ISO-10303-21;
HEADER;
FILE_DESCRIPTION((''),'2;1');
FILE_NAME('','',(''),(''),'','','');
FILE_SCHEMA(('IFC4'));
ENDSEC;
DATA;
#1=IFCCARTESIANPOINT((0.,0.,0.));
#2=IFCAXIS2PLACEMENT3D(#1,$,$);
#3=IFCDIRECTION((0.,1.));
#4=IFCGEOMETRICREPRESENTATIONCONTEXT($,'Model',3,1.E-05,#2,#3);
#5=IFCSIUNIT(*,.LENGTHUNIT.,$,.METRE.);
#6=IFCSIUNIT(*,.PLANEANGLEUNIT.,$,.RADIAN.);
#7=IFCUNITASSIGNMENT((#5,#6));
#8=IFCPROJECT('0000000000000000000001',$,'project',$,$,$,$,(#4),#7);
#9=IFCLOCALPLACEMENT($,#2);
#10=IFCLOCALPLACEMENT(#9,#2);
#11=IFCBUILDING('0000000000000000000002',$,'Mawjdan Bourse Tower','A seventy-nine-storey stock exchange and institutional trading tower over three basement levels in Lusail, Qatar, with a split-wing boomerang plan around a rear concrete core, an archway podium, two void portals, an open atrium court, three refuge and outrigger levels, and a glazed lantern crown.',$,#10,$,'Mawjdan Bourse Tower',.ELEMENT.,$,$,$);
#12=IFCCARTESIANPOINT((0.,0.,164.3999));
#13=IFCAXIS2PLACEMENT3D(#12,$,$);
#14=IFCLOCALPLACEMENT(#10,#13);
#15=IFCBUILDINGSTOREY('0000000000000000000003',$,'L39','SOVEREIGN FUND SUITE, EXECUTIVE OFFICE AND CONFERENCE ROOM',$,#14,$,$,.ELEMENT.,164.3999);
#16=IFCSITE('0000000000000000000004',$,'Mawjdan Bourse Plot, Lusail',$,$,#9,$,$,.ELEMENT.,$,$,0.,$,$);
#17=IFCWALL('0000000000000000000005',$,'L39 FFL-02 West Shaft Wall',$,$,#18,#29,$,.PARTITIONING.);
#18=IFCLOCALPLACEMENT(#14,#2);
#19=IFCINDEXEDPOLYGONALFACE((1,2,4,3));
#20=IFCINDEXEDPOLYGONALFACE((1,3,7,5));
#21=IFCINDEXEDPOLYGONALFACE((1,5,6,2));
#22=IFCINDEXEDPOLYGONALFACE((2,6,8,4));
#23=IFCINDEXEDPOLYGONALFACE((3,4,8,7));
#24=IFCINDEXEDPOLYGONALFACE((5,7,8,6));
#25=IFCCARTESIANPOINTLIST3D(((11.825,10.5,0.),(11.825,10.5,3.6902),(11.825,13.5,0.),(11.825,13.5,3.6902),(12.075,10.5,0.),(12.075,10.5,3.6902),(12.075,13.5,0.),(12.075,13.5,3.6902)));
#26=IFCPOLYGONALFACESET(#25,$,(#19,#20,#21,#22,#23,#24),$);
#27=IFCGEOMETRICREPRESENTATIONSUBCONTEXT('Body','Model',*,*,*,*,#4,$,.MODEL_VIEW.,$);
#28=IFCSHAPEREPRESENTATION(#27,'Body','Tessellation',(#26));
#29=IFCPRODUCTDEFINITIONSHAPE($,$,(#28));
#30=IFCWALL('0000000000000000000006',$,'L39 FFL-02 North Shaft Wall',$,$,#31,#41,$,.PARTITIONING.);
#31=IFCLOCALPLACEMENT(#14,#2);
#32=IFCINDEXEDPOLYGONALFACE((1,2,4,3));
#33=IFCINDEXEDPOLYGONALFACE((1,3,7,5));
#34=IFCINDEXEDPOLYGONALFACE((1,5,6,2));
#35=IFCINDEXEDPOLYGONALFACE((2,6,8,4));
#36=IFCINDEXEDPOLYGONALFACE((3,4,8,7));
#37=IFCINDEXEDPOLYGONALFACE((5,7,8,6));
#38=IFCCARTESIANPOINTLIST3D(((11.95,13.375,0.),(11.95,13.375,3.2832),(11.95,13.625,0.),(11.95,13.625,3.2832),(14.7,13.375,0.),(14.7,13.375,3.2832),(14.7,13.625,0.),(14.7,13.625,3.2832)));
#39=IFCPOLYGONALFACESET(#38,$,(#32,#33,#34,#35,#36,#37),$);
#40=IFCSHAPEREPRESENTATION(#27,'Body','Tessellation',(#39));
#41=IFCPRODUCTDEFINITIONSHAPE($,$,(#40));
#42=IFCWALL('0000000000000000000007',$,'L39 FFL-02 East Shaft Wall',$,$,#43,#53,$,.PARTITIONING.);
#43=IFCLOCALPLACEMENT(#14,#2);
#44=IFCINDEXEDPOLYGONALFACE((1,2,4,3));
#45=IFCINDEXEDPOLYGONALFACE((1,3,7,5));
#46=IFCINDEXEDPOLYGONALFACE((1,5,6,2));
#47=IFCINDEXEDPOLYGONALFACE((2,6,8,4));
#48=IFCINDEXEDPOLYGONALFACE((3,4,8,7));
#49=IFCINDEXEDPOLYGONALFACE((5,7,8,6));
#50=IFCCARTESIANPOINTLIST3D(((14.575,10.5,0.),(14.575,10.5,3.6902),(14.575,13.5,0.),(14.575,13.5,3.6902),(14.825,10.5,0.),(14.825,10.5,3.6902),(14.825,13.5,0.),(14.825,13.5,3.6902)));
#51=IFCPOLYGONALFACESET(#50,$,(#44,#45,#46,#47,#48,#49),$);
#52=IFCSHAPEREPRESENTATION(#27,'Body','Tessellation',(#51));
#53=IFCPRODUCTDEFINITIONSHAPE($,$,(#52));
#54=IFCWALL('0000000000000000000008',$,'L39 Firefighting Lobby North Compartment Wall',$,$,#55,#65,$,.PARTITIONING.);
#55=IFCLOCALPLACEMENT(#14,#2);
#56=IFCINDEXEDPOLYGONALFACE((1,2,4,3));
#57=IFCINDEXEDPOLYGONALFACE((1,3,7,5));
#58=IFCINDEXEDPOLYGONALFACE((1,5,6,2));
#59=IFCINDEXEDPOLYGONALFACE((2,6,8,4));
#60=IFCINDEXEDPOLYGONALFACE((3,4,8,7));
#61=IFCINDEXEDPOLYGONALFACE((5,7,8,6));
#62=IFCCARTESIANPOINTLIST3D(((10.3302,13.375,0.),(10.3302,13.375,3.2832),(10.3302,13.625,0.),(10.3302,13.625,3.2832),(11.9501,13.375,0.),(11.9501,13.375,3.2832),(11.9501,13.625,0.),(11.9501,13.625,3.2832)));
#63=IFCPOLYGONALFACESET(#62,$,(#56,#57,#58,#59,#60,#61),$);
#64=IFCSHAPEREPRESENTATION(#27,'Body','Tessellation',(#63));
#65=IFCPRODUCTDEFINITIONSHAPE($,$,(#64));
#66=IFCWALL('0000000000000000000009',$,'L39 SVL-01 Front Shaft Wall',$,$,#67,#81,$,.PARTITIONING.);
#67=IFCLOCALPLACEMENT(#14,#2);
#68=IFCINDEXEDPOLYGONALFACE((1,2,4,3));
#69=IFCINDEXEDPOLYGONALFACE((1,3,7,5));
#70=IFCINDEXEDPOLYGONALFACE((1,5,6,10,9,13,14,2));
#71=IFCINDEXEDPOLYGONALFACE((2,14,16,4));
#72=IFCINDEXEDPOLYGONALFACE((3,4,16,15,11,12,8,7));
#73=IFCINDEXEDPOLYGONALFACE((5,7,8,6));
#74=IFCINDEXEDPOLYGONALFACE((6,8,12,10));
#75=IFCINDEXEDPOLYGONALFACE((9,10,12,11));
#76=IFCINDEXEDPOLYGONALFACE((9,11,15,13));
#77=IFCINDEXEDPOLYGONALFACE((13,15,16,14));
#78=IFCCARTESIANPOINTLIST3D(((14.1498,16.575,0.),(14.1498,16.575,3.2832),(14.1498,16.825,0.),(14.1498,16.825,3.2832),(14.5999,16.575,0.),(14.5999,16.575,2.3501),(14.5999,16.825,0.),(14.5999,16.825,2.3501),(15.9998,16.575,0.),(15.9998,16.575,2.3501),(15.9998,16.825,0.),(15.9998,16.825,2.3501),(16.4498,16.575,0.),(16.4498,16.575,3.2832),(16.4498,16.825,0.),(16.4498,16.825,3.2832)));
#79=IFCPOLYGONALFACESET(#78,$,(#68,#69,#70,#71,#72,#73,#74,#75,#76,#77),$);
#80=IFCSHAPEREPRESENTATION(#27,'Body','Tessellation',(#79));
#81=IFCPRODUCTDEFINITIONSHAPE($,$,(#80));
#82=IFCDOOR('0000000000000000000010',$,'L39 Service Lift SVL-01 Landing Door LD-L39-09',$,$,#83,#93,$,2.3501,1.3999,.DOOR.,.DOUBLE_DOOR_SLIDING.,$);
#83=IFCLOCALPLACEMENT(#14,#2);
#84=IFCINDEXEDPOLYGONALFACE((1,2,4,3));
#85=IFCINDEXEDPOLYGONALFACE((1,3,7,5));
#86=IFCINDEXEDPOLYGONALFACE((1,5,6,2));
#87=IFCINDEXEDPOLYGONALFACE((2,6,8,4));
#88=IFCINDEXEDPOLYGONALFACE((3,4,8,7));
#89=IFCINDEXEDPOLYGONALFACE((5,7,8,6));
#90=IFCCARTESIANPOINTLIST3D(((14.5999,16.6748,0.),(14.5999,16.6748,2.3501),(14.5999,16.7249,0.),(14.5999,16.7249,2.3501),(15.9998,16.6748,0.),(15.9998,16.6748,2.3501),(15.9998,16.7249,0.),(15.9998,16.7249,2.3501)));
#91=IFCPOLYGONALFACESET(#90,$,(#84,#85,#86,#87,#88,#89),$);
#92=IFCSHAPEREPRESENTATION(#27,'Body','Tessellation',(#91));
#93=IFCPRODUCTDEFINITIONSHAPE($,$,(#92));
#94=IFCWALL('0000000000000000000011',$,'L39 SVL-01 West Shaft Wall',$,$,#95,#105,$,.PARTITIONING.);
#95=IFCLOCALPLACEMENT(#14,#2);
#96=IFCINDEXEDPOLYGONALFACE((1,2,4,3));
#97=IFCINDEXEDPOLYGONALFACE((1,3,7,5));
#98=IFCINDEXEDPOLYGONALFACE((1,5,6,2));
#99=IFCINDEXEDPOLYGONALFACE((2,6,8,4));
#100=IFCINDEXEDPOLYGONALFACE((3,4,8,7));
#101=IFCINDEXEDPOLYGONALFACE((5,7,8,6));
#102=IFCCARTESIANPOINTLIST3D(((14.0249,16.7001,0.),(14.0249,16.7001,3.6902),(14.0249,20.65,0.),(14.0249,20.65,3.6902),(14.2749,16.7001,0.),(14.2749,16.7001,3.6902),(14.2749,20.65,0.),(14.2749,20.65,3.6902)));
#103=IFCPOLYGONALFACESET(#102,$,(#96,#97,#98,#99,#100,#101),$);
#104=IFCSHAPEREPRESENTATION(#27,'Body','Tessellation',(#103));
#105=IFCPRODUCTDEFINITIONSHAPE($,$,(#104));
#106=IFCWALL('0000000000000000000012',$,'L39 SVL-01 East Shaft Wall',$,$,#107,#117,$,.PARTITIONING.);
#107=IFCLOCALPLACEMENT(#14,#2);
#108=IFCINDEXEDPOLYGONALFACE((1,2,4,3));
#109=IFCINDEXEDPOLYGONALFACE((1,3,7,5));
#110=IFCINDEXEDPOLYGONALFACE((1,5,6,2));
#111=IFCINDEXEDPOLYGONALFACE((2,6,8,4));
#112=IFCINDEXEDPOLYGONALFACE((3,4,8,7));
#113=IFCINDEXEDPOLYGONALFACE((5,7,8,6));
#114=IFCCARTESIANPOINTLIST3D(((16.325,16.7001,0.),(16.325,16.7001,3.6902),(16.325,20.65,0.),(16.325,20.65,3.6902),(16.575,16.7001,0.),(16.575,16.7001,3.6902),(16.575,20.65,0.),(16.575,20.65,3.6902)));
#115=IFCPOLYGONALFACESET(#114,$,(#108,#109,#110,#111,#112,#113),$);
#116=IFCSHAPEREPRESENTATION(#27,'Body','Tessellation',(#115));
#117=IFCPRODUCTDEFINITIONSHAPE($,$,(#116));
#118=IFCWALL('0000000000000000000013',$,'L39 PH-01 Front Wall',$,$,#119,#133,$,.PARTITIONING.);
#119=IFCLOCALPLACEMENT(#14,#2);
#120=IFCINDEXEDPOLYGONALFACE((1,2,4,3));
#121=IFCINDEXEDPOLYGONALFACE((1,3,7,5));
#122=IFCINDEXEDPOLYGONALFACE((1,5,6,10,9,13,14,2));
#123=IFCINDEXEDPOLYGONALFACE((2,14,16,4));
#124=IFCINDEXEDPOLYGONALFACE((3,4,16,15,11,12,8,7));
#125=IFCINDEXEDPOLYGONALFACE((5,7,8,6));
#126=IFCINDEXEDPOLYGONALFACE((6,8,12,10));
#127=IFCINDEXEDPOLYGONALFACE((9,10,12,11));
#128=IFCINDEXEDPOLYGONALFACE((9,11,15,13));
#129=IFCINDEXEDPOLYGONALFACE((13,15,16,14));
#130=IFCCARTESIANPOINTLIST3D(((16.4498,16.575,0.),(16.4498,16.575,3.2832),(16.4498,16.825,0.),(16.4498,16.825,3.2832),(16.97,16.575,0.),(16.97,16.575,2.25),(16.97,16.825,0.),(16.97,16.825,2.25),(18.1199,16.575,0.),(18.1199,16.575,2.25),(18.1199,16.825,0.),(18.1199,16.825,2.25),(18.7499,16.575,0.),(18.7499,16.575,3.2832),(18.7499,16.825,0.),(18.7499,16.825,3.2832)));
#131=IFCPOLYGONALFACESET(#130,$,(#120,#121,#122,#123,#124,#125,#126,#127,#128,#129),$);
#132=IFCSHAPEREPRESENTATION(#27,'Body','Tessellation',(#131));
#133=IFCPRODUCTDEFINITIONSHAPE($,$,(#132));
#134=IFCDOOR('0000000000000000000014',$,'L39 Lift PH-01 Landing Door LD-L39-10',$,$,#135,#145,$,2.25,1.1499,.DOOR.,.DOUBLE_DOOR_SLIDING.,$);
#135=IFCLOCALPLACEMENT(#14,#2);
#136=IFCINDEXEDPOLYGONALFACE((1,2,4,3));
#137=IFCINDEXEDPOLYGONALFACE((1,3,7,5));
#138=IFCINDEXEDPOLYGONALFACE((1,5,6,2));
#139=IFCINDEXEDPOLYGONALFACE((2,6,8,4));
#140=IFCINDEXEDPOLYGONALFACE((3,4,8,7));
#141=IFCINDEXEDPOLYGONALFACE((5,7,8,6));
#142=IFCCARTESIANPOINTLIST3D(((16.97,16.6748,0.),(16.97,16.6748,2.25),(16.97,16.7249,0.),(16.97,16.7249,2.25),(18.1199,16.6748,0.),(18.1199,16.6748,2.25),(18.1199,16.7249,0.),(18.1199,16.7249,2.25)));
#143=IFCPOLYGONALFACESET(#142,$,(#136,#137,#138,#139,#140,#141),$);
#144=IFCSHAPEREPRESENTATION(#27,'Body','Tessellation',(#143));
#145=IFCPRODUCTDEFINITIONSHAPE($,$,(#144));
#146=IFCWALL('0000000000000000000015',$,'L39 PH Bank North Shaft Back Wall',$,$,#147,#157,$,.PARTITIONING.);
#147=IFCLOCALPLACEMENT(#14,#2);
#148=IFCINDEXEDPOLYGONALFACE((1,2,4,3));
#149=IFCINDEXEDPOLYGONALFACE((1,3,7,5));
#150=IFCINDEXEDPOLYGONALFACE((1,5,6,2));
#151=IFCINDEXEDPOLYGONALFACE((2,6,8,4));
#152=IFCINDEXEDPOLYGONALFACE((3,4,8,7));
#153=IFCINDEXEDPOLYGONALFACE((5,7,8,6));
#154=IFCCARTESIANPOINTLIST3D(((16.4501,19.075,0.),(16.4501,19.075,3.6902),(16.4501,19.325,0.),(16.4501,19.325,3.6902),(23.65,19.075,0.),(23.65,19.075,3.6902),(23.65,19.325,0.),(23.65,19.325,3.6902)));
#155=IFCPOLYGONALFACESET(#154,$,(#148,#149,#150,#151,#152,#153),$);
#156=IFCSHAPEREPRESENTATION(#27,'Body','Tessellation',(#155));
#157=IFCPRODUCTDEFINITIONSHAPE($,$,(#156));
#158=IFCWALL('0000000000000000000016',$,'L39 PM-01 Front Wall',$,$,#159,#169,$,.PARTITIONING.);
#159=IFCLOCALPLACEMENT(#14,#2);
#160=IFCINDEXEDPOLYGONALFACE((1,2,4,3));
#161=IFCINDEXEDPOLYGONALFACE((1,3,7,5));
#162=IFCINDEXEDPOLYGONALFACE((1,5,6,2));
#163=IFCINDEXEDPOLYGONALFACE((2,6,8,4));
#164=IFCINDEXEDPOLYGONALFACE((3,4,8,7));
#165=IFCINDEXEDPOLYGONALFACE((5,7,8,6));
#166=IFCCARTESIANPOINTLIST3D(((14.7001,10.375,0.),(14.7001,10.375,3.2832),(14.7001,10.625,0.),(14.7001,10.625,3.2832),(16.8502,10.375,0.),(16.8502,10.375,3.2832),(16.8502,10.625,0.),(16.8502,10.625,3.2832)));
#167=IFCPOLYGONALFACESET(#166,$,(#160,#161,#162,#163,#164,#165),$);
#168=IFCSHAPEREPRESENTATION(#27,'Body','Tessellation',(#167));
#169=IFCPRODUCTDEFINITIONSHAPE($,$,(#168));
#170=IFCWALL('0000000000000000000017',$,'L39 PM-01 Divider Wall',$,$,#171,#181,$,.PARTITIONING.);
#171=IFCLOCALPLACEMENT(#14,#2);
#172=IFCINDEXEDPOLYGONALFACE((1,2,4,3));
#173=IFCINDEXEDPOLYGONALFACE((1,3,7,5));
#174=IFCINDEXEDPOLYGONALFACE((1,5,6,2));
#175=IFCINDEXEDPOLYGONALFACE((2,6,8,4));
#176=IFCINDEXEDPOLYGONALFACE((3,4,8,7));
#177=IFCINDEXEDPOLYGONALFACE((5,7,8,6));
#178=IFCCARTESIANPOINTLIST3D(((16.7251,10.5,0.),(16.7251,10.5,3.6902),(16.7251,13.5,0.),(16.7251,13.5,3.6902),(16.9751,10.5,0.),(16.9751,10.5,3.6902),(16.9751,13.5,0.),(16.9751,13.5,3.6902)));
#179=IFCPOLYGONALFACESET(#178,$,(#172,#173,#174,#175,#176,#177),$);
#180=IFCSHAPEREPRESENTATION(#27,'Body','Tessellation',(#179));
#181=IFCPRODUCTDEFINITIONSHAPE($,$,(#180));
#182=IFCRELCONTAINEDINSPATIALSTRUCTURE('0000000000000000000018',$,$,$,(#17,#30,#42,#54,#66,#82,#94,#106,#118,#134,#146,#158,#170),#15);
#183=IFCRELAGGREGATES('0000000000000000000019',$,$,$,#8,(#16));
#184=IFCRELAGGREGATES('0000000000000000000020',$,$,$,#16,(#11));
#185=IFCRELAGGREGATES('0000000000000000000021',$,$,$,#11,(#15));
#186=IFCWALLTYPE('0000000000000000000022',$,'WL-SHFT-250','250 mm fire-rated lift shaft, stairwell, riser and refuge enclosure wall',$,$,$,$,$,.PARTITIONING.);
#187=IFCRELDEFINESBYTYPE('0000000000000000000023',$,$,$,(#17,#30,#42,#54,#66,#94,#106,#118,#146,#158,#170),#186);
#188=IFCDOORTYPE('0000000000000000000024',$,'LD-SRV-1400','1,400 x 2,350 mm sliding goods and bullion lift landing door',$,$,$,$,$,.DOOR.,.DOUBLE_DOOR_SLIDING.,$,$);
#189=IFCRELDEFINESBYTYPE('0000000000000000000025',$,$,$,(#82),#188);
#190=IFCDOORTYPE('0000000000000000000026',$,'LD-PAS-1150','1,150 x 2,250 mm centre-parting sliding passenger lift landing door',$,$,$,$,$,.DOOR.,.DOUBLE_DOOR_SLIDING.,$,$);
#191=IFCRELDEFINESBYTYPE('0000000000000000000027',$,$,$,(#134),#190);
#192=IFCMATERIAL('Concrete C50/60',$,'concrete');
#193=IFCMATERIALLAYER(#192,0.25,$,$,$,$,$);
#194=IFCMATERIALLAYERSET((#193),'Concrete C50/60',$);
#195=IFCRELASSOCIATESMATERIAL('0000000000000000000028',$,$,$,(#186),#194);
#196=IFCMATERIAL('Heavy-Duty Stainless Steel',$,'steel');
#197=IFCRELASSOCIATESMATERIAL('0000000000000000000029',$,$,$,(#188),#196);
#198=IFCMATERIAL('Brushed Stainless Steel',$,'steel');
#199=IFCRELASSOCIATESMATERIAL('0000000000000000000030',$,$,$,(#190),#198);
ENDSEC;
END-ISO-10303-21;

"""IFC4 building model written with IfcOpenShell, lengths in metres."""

from ifc_helpers import new_model, si_unit, direction, frame, frame_2d, origin, place, context, subcontext, project, spatial, rectangle, extrude, material, layer, layer_set, type_object, element, fill, save


model = new_model("IFC4")

# Units and contexts
model_context = context("Model", 3, precision=1e-05, world=origin(), true_north=direction((0.0, 1.0)))
body_context = subcontext(model_context, "Body", "Model", "MODEL_VIEW")
ifc_project = project(units=[si_unit("LENGTHUNIT", "METRE"), si_unit("PLANEANGLEUNIT", "RADIAN")], contexts=[model_context])

# Site, building, storey
site_placement = place(None, origin())
site = spatial("IfcSite", under=ifc_project, at=site_placement, Name="Mawjdan Bourse Plot, Lusail", CompositionType="ELEMENT", RefElevation=0.0)
building_placement = place(site_placement, origin())
building = spatial("IfcBuilding", under=site, at=building_placement, Name="Mawjdan Bourse Tower", Description="A seventy-nine-storey stock exchange and institutional trading tower over three basement levels in Lusail, Qatar, with a split-wing boomerang plan around a rear concrete core, an archway podium, two void portals, an open atrium court, three refuge and outrigger levels, and a glazed lantern crown.", LongName="Mawjdan Bourse Tower", CompositionType="ELEMENT")
storey_placement = place(building_placement, frame((0.0, 0.0, 164.3999)))
storey = spatial("IfcBuildingStorey", under=building, at=storey_placement, Name="L39", Description="SOVEREIGN FUND SUITE, EXECUTIVE OFFICE AND CONFERENCE ROOM", CompositionType="ELEMENT", Elevation=164.3999)

# Shared definitions
ifc_material_1 = material(Name="Concrete C50/60", Category="concrete")
ifc_layer_1 = layer(ifc_material_1, 0.25)
ifc_layer_set_1 = layer_set([ifc_layer_1], Name="Concrete C50/60")
wall_type_1 = type_object("IfcWallType", Name="WL-SHFT-250", Description="250 mm fire-rated lift shaft, stairwell, riser and refuge enclosure wall", PredefinedType="PARTITIONING", material=ifc_layer_set_1)
ifc_material_2 = material(Name="Brushed Stainless Steel", Category="steel")

# Walls
wall_1_placement = place(storey_placement, frame((11.95, 10.5, 0.0), z_axis=(0.0, 0.0, 1.0), x_axis=(0.0, 1.0, 0.0)))
element("IfcWall", 1, at=wall_1_placement, inside=storey, type_object=wall_type_1, Name="L39 FFL-02 West Shaft Wall", PredefinedType="PARTITIONING", context=body_context, shape_type="SweptSolid", body=[
    extrude(rectangle(XDim=3.0, YDim=0.25, at=frame_2d((1.5, 0.0))), origin(), (0.0, 0.0, 1.0), 3.6902),
])
wall_2_placement = place(storey_placement, frame((11.95, 13.5, 0.0), z_axis=(0.0, 0.0, 1.0), x_axis=(1.0, 0.0, 0.0)))
element("IfcWall", 2, at=wall_2_placement, inside=storey, type_object=wall_type_1, Name="L39 FFL-02 North Shaft Wall", PredefinedType="PARTITIONING", context=body_context, shape_type="SweptSolid", body=[
    extrude(rectangle(XDim=2.75, YDim=0.25, at=frame_2d((1.375, 0.0))), origin(), (0.0, 0.0, 1.0), 3.2832),
])
wall_3_placement = place(storey_placement, frame((14.7, 10.5, 0.0), z_axis=(0.0, 0.0, 1.0), x_axis=(0.0, 1.0, 0.0)))
element("IfcWall", 3, at=wall_3_placement, inside=storey, type_object=wall_type_1, Name="L39 FFL-02 East Shaft Wall", PredefinedType="PARTITIONING", context=body_context, shape_type="SweptSolid", body=[
    extrude(rectangle(XDim=3.0, YDim=0.25, at=frame_2d((1.5, 0.0))), origin(), (0.0, 0.0, 1.0), 3.6902),
])
wall_4_placement = place(storey_placement, frame((10.3301, 13.5, 0.0), z_axis=(0.0, 0.0, 1.0), x_axis=(1.0, 0.0, 0.0)))
element("IfcWall", 4, at=wall_4_placement, inside=storey, type_object=wall_type_1, Name="L39 Firefighting Lobby North Compartment Wall", PredefinedType="PARTITIONING", context=body_context, shape_type="SweptSolid", body=[
    extrude(rectangle(XDim=1.6199, YDim=0.25, at=frame_2d((0.8101, 0.0))), origin(), (0.0, 0.0, 1.0), 3.2832),
])

# Wall, opening, door
wall_5_placement = place(storey_placement, frame((14.1499, 16.7, 0.0), z_axis=(0.0, 0.0, 1.0), x_axis=(1.0, 0.0, 0.0)))
wall_5 = element("IfcWall", 5, at=wall_5_placement, inside=storey, type_object=wall_type_1, Name="L39 SVL-01 Front Shaft Wall", PredefinedType="PARTITIONING", context=body_context, shape_type="SweptSolid", body=[
    extrude(rectangle(XDim=2.3, YDim=0.25, at=frame_2d((1.1499, 0.0))), origin(), (0.0, 0.0, 1.0), 3.2832),
])
opening_1_placement = place(wall_5_placement, frame((0.45, 0.0, 0.0)))
opening_1 = element("IfcOpeningElement", 6, at=opening_1_placement, cuts=wall_5, PredefinedType="OPENING", context=body_context, shape_type="SweptSolid", body=[
    extrude(rectangle(XDim=1.3999, YDim=2.3501, at=frame_2d((0.7, 1.175))), frame((0.0, 0.135, 0.0), z_axis=(0.0, -1.0, 0.0), x_axis=(1.0, 0.0, 0.0)), (0.0, 0.0, 1.0), 0.27),
])
ifc_material_3 = material(Name="Heavy-Duty Stainless Steel", Category="steel")
door_type_1 = type_object("IfcDoorType", Name="LD-SRV-1400", Description="1,400 x 2,350 mm sliding goods and bullion lift landing door", OperationType="DOUBLE_DOOR_SLIDING", PredefinedType="DOOR", material=ifc_material_3)
door_1_placement = place(opening_1_placement, origin())
door_1 = element("IfcDoor", 7, at=door_1_placement, inside=storey, type_object=door_type_1, Name="L39 Service Lift SVL-01 Landing Door LD-L39-09", OperationType="DOUBLE_DOOR_SLIDING", OverallHeight=2.3501, OverallWidth=1.3999, PredefinedType="DOOR", context=body_context, shape_type="SweptSolid", body=[
    extrude(rectangle(XDim=1.3999, YDim=2.3501, at=frame_2d((0.7, 1.175))), frame((0.0, 0.0249, 0.0), z_axis=(0.0, -1.0, 0.0), x_axis=(1.0, 0.0, 0.0)), (0.0, 0.0, 1.0), 0.05),
])
fill(opening_1, door_1)

# Walls
for number, where, z_axis, x_axis, name in (
    (8, (14.1499, 16.7, 0.0), (0.0, 0.0, 1.0), (0.0, 1.0, 0.0), "L39 SVL-01 West Shaft Wall"),
    (9, (16.45, 16.7, 0.0), (0.0, 0.0, 1.0), (0.0, 1.0, 0.0), "L39 SVL-01 East Shaft Wall"),
):
    element("IfcWall", number, at=place(storey_placement, frame(where, z_axis=z_axis, x_axis=x_axis)), inside=storey, type_object=wall_type_1, Name=name, PredefinedType="PARTITIONING", context=body_context, shape_type="SweptSolid", body=[
        extrude(rectangle(XDim=3.95, YDim=0.25, at=frame_2d((1.9751, 0.0))), origin(), (0.0, 0.0, 1.0), 3.6902),
    ])

# Wall, opening, door
wall_6_placement = place(storey_placement, frame((16.45, 16.7, 0.0), z_axis=(0.0, 0.0, 1.0), x_axis=(1.0, 0.0, 0.0)))
wall_6 = element("IfcWall", 10, at=wall_6_placement, inside=storey, type_object=wall_type_1, Name="L39 PH-01 Front Wall", PredefinedType="PARTITIONING", context=body_context, shape_type="SweptSolid", body=[
    extrude(rectangle(XDim=2.3, YDim=0.25, at=frame_2d((1.1499, 0.0))), origin(), (0.0, 0.0, 1.0), 3.2832),
])
opening_2_placement = place(wall_6_placement, frame((0.52, 0.0, 0.0)))
opening_2 = element("IfcOpeningElement", 11, at=opening_2_placement, cuts=wall_6, PredefinedType="OPENING", context=body_context, shape_type="SweptSolid", body=[
    extrude(rectangle(XDim=1.1499, YDim=2.25, at=frame_2d((0.575, 1.125))), frame((0.0, 0.135, 0.0), z_axis=(0.0, -1.0, 0.0), x_axis=(1.0, 0.0, 0.0)), (0.0, 0.0, 1.0), 0.27),
])
door_type_2 = type_object("IfcDoorType", Name="LD-PAS-1150", Description="1,150 x 2,250 mm centre-parting sliding passenger lift landing door", OperationType="DOUBLE_DOOR_SLIDING", PredefinedType="DOOR", material=ifc_material_2)
door_2_placement = place(opening_2_placement, origin())
door_2 = element("IfcDoor", 12, at=door_2_placement, inside=storey, type_object=door_type_2, Name="L39 Lift PH-01 Landing Door LD-L39-10", OperationType="DOUBLE_DOOR_SLIDING", OverallHeight=2.25, OverallWidth=1.1499, PredefinedType="DOOR", context=body_context, shape_type="SweptSolid", body=[
    extrude(rectangle(XDim=1.1499, YDim=2.25, at=frame_2d((0.575, 1.125))), frame((0.0, 0.0249, 0.0), z_axis=(0.0, -1.0, 0.0), x_axis=(1.0, 0.0, 0.0)), (0.0, 0.0, 1.0), 0.05),
])
fill(opening_2, door_2)

# Walls
wall_7_placement = place(storey_placement, frame((16.45, 19.2, 0.0), z_axis=(0.0, 0.0, 1.0), x_axis=(1.0, 0.0, 0.0)))
element("IfcWall", 13, at=wall_7_placement, inside=storey, type_object=wall_type_1, Name="L39 PH Bank North Shaft Back Wall", PredefinedType="PARTITIONING", context=body_context, shape_type="SweptSolid", body=[
    extrude(rectangle(XDim=7.2, YDim=0.25, at=frame_2d((3.6001, 0.0))), origin(), (0.0, 0.0, 1.0), 3.6902),
])
wall_8_placement = place(storey_placement, frame((14.7, 10.5, 0.0), z_axis=(0.0, 0.0, 1.0), x_axis=(1.0, 0.0, 0.0)))
element("IfcWall", 14, at=wall_8_placement, inside=storey, type_object=wall_type_1, Name="L39 PM-01 Front Wall", PredefinedType="PARTITIONING", context=body_context, shape_type="SweptSolid", body=[
    extrude(rectangle(XDim=2.1501, YDim=0.25, at=frame_2d((1.0752, 0.0))), origin(), (0.0, 0.0, 1.0), 3.2832),
])
wall_9_placement = place(storey_placement, frame((16.8501, 10.5, 0.0), z_axis=(0.0, 0.0, 1.0), x_axis=(0.0, 1.0, 0.0)))
element("IfcWall", 15, at=wall_9_placement, inside=storey, type_object=wall_type_1, Name="L39 PM-01 Divider Wall", PredefinedType="PARTITIONING", context=body_context, shape_type="SweptSolid", body=[
    extrude(rectangle(XDim=3.0, YDim=0.25, at=frame_2d((1.5, 0.0))), origin(), (0.0, 0.0, 1.0), 3.6902),
])

save(model, "model.ifc")
